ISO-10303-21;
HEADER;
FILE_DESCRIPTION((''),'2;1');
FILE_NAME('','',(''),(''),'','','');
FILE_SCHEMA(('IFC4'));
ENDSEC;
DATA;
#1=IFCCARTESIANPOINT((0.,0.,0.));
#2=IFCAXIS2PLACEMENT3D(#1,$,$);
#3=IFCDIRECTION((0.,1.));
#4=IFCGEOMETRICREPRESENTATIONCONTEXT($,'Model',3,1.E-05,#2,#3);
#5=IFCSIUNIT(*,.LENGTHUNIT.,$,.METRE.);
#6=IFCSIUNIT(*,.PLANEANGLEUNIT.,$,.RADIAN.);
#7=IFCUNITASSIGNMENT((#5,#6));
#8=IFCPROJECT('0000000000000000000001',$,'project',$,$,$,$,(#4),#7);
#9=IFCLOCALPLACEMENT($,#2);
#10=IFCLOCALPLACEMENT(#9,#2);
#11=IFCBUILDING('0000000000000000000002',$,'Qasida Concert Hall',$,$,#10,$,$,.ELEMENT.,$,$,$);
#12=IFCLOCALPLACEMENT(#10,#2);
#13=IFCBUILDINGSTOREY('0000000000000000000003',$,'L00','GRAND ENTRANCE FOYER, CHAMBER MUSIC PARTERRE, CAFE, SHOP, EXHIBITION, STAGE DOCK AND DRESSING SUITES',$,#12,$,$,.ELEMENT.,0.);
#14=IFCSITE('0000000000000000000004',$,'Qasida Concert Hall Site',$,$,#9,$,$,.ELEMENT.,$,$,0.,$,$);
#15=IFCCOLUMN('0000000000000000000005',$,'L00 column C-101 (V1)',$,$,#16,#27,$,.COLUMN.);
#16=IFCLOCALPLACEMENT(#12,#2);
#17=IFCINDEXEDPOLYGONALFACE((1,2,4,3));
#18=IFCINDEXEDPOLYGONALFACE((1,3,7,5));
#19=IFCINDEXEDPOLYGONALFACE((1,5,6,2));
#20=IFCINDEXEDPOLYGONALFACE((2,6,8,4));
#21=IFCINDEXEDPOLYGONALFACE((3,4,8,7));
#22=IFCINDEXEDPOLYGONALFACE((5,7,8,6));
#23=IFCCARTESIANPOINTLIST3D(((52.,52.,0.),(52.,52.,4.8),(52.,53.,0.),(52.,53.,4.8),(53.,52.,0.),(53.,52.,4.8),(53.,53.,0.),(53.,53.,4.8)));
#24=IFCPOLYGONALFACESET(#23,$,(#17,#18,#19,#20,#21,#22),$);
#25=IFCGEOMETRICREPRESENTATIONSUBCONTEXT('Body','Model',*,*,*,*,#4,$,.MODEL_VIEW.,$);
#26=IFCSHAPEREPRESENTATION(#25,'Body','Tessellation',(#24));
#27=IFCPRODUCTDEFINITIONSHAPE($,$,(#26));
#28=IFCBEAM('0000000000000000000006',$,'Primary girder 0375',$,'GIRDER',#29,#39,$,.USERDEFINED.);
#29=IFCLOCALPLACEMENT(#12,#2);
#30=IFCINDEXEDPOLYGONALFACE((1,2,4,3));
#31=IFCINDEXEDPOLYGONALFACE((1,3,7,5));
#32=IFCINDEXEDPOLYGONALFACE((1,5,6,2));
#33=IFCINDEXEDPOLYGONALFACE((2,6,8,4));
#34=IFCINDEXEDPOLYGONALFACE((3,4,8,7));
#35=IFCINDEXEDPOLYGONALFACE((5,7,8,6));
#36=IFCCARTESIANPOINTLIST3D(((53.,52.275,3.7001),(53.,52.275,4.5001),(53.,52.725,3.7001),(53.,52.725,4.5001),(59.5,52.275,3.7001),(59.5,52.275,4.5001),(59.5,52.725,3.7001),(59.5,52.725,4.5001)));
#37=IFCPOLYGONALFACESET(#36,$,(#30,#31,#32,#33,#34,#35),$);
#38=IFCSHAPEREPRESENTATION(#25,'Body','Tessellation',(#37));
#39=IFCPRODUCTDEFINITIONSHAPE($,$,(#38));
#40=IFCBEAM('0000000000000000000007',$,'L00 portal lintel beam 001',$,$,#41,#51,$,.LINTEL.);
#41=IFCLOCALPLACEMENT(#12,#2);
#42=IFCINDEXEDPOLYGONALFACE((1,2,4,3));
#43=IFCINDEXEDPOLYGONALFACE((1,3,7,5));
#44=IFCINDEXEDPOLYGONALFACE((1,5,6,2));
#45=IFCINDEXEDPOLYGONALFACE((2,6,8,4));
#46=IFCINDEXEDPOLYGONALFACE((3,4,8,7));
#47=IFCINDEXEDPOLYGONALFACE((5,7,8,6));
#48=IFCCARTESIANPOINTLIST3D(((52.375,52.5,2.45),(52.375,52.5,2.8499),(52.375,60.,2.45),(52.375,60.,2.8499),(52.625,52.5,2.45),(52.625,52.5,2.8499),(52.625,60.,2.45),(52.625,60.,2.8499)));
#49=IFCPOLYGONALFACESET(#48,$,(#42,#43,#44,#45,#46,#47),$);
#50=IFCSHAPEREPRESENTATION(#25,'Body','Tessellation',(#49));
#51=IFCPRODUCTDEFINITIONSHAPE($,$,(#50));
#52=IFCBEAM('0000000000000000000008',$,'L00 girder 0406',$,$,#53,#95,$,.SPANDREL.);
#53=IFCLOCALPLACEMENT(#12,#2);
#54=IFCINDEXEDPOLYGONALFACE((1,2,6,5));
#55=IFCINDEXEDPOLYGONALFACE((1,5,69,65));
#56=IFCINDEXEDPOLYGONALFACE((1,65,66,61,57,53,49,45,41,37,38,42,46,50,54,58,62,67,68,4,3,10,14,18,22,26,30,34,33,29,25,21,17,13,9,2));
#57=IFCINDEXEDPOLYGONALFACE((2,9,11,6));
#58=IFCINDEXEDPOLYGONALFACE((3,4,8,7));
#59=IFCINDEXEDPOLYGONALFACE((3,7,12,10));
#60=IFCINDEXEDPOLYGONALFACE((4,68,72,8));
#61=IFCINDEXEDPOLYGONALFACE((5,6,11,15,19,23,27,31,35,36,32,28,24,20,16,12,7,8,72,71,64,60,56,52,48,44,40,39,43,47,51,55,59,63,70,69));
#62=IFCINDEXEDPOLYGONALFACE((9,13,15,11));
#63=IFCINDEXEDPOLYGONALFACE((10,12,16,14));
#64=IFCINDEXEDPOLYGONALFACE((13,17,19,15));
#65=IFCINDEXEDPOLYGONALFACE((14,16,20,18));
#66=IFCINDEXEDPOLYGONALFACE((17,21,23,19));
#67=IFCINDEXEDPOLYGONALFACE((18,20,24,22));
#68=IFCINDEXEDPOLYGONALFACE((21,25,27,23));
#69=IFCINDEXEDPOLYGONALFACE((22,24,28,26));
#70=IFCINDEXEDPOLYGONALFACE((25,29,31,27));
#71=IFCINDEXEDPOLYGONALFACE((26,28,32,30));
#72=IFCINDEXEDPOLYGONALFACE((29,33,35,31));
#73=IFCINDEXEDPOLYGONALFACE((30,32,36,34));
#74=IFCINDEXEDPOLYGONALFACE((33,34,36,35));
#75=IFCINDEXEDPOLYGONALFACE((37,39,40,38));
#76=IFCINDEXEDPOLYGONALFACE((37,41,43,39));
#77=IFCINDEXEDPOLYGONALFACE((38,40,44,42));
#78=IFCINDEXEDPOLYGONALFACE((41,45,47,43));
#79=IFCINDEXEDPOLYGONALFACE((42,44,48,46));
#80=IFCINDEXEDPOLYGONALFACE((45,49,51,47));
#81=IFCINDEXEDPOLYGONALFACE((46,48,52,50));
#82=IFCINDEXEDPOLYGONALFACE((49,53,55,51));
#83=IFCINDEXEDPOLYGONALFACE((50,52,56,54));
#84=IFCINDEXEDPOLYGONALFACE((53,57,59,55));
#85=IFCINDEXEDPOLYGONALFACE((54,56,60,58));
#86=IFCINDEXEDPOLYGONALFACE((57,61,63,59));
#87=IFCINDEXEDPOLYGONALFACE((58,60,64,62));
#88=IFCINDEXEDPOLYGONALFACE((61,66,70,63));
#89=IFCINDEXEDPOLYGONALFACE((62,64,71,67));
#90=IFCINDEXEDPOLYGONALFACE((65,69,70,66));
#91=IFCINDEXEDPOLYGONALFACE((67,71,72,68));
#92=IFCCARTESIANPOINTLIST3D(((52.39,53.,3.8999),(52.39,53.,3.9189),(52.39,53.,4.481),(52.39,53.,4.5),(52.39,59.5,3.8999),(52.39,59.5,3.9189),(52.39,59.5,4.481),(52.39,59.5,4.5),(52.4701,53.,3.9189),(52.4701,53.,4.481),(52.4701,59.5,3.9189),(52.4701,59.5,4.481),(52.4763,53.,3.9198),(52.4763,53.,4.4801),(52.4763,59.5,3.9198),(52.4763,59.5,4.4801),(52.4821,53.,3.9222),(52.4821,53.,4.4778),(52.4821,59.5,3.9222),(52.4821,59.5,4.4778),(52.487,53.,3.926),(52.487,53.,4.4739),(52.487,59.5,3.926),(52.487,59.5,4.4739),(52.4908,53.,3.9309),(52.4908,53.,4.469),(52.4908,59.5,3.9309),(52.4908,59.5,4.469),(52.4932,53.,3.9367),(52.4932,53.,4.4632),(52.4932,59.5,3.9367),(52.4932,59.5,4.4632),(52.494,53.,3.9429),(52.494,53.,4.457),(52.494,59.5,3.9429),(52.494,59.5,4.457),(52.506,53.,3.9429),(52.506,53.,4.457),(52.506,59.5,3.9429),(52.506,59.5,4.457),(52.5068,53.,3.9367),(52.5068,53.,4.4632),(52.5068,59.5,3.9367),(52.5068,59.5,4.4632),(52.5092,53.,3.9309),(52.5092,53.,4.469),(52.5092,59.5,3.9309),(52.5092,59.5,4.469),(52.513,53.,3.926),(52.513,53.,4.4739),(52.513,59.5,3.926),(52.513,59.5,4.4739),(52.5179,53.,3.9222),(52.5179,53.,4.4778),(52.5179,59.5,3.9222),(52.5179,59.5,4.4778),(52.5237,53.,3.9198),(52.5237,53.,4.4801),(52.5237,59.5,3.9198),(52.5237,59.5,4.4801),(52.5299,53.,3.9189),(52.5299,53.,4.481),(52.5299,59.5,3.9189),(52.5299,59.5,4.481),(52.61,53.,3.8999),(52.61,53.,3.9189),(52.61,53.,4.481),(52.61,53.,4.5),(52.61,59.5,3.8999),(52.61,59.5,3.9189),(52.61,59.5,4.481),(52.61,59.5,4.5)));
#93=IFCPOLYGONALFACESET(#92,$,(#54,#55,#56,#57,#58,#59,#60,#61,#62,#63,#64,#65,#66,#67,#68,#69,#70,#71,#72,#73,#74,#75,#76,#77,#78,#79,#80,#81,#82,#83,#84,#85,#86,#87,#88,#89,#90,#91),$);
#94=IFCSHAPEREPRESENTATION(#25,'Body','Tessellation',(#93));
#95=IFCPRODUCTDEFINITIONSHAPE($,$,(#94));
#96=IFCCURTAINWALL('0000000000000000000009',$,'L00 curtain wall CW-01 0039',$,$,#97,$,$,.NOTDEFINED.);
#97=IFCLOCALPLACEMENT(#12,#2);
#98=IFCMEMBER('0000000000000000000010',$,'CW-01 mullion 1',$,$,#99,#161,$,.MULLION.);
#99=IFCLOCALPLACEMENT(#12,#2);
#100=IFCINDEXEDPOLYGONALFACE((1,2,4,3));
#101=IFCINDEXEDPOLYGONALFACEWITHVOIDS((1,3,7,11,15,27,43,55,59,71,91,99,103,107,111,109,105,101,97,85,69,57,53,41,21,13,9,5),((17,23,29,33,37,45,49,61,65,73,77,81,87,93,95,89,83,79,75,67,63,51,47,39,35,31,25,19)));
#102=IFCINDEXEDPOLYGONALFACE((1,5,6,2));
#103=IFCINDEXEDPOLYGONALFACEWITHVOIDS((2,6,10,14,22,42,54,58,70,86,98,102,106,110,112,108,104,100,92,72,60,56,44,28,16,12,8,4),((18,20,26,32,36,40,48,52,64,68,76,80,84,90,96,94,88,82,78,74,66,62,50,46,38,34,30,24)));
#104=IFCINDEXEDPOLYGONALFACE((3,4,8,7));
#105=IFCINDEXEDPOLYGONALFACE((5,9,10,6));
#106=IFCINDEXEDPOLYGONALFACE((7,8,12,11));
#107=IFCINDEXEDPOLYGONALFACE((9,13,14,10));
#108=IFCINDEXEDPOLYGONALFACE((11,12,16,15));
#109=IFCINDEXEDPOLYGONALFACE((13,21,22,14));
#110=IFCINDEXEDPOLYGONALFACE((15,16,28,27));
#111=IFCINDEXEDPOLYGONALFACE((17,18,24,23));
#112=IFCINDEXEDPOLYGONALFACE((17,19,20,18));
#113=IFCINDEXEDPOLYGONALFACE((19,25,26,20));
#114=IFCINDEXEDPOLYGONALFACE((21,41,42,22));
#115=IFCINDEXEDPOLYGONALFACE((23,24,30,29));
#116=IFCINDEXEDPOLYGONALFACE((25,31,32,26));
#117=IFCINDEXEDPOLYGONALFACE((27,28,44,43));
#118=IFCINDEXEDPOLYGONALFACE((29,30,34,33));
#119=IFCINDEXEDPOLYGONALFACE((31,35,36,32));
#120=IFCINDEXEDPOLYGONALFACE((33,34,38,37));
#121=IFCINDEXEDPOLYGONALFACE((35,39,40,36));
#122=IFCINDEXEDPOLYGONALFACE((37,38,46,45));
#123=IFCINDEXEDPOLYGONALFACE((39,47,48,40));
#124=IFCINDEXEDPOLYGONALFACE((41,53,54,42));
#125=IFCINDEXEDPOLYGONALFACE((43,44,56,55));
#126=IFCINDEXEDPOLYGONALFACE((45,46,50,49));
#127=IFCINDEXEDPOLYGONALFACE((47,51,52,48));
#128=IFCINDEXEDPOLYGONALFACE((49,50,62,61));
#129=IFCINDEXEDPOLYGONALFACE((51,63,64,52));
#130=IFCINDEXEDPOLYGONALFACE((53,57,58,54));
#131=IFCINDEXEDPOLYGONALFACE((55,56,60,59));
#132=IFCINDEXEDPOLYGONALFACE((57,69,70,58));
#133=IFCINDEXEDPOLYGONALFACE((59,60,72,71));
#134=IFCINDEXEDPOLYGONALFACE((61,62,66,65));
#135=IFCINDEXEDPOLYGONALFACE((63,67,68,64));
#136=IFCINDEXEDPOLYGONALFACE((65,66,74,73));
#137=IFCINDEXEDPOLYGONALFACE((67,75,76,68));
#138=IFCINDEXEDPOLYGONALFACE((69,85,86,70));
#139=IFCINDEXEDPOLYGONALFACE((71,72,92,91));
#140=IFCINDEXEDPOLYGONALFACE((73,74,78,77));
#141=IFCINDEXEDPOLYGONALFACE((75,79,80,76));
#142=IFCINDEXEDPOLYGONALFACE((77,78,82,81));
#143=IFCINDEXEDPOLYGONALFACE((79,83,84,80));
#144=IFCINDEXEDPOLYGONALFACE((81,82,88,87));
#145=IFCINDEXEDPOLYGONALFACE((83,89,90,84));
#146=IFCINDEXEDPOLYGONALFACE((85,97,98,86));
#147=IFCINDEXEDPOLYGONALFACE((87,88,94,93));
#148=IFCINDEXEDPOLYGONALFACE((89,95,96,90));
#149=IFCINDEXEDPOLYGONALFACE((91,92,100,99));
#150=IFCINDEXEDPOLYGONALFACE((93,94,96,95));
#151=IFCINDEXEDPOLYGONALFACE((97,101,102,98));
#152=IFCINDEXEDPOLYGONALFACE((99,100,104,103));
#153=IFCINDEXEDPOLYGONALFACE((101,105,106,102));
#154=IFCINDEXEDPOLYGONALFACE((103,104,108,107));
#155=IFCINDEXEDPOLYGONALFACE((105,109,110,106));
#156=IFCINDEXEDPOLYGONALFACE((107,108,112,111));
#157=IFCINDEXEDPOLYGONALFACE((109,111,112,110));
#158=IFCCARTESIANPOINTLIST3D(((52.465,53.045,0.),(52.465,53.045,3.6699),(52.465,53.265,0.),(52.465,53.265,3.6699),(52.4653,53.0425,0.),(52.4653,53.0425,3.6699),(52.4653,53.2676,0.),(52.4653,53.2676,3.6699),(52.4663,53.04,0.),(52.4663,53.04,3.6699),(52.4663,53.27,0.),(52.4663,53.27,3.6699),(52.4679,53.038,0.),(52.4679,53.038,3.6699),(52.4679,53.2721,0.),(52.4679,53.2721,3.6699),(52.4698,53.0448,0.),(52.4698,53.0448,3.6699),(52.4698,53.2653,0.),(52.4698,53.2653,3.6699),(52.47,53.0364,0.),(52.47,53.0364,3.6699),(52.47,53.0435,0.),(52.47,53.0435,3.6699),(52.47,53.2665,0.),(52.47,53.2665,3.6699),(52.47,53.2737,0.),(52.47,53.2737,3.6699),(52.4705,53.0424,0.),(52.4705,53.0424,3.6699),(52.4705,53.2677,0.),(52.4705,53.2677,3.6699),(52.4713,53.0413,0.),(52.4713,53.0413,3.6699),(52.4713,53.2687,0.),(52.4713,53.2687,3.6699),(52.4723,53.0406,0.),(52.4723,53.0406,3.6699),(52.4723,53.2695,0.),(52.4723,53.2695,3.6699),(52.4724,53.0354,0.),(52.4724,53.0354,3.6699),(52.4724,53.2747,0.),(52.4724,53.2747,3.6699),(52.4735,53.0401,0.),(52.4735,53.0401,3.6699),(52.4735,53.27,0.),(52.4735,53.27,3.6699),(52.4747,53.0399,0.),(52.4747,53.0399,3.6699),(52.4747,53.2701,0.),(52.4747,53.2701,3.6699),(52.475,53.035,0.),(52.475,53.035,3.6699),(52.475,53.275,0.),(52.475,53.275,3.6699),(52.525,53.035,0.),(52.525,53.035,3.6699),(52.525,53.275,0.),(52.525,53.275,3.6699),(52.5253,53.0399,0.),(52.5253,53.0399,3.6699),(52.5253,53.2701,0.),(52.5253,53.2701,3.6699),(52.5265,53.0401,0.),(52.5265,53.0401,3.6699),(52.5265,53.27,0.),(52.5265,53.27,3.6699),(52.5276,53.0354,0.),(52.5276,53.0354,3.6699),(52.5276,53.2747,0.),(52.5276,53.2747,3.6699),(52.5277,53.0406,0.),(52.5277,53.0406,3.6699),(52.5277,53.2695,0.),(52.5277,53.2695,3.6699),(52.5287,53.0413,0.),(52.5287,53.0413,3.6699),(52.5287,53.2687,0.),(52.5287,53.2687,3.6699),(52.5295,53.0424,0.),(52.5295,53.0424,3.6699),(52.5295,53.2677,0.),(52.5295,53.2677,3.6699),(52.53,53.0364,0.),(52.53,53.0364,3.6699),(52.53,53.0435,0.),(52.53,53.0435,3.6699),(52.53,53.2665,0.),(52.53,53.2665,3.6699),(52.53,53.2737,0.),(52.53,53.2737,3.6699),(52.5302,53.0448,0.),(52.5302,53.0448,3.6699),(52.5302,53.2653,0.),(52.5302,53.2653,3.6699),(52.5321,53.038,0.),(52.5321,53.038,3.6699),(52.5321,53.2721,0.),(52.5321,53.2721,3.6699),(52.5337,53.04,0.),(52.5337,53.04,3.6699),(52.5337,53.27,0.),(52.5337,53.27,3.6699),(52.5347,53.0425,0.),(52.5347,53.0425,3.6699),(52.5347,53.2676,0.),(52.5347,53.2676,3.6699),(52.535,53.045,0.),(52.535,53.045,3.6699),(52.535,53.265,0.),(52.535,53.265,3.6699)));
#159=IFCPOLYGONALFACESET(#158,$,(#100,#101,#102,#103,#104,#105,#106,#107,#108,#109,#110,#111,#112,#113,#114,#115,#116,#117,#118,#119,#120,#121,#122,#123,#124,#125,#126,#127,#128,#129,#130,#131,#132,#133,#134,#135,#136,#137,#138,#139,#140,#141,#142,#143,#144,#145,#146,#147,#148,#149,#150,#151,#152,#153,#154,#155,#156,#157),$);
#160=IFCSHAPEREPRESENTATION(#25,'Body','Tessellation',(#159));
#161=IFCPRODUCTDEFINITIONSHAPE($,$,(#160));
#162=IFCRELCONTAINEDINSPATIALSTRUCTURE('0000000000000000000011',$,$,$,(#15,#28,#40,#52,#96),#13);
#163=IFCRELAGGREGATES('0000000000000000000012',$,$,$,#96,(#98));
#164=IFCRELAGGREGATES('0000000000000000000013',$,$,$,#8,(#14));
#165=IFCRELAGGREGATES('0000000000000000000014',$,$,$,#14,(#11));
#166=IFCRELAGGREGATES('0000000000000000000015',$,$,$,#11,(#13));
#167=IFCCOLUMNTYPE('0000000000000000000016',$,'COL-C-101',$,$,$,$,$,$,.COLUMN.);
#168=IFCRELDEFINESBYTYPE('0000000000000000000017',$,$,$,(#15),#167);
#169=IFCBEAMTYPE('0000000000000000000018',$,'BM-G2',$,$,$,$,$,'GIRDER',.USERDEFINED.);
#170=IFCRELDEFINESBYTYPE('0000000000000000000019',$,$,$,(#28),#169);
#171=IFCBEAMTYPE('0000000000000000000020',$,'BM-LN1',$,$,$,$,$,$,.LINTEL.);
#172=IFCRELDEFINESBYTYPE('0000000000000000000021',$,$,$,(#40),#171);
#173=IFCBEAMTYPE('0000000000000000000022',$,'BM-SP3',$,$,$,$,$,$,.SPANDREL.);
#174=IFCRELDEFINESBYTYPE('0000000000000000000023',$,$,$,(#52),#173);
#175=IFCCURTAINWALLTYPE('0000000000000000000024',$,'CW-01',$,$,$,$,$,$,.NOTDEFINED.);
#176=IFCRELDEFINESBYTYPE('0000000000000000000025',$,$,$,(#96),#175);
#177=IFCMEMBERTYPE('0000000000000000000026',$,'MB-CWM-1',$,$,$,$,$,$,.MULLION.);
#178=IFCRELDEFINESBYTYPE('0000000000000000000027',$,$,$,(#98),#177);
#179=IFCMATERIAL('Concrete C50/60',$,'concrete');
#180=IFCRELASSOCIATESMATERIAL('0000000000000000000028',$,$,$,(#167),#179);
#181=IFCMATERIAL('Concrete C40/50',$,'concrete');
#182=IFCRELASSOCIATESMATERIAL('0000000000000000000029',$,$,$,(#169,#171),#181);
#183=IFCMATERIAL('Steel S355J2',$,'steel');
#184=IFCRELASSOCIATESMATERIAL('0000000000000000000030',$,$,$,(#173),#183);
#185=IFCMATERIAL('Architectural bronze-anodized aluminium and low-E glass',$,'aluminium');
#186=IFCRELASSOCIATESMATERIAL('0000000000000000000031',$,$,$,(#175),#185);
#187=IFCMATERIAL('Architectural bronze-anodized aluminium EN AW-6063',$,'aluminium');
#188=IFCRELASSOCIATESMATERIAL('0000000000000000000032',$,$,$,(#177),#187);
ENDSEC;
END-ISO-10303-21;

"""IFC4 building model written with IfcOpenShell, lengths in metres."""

from ifc_helpers import new_model, si_unit, direction, frame, origin, origin_2d, place, context, subcontext, project, spatial, rectangle, hollow_rectangle, i_section, extrude, material, material_profile, profile_set, type_object, element, aggregate, save


model = new_model("IFC4")

# Units and contexts
model_context = context("Model", 3, precision=1e-05, world=origin(), true_north=direction((0.0, 1.0)))
body_context = subcontext(model_context, "Body", "Model", "MODEL_VIEW")
ifc_project = project(units=[si_unit("LENGTHUNIT", "METRE"), si_unit("PLANEANGLEUNIT", "RADIAN")], contexts=[model_context])

# Site, building, storey
site_placement = place(None, origin())
site = spatial("IfcSite", under=ifc_project, at=site_placement, Name="Qasida Concert Hall Site", CompositionType="ELEMENT", RefElevation=0.0)
building_placement = place(site_placement, origin())
building = spatial("IfcBuilding", under=site, at=building_placement, Name="Qasida Concert Hall", CompositionType="ELEMENT")
storey_placement = place(building_placement, origin())
storey = spatial("IfcBuildingStorey", under=building, at=storey_placement, Name="L00", Description="GRAND ENTRANCE FOYER, CHAMBER MUSIC PARTERRE, CAFE, SHOP, EXHIBITION, STAGE DOCK AND DRESSING SUITES", CompositionType="ELEMENT", Elevation=0.0)

# Column
ifc_material_1 = material(Name="Concrete C50/60", Category="concrete")
ifc_material_profile_1 = material_profile(ifc_material_1, rectangle(XDim=1.0, YDim=1.0, at=origin_2d()), Name="RC 1000x1000")
ifc_profile_set_1 = profile_set([ifc_material_profile_1], Name="Concrete C50/60")
column_type = type_object("IfcColumnType", Name="COL-C-101", PredefinedType="COLUMN", material=ifc_profile_set_1)
column_placement = place(storey_placement, frame((52.5, 52.5, 0.0), z_axis=(0.0, 0.0, 1.0), x_axis=(1.0, 0.0, 0.0)))
element("IfcColumn", 1, at=column_placement, inside=storey, type_object=column_type, Name="L00 column C-101 (V1)", PredefinedType="COLUMN", context=body_context, shape_type="SweptSolid", body=[
    extrude(rectangle(XDim=1.0, YDim=1.0, at=origin_2d()), origin(), (0.0, 0.0, 1.0), 4.8),
])

# Beams
ifc_material_2 = material(Name="Concrete C40/50", Category="concrete")
ifc_material_profile_2 = material_profile(ifc_material_2, rectangle(XDim=0.45, YDim=0.8, at=origin_2d()), Name="RC 450x800")
ifc_profile_set_2 = profile_set([ifc_material_profile_2], Name="Concrete C40/50")
beam_type_1 = type_object("IfcBeamType", Name="BM-G2", ElementType="GIRDER", PredefinedType="USERDEFINED", material=ifc_profile_set_2)
beam_1_placement = place(storey_placement, frame((53.0, 52.5, 4.1001), z_axis=(1.0, 0.0, 0.0), x_axis=(0.0, 1.0, 0.0)))
element("IfcBeam", 2, at=beam_1_placement, inside=storey, type_object=beam_type_1, Name="Primary girder 0375", ObjectType="GIRDER", PredefinedType="USERDEFINED", context=body_context, shape_type="SweptSolid", body=[
    extrude(rectangle(XDim=0.45, YDim=0.8, at=origin_2d()), origin(), (0.0, 0.0, 1.0), 6.5),
])
ifc_material_profile_3 = material_profile(ifc_material_2, rectangle(XDim=0.25, YDim=0.3999, at=origin_2d()), Name="RC 250x400")
ifc_profile_set_3 = profile_set([ifc_material_profile_3], Name="Concrete C40/50")
beam_type_2 = type_object("IfcBeamType", Name="BM-LN1", PredefinedType="LINTEL", material=ifc_profile_set_3)
beam_2_placement = place(storey_placement, frame((52.5, 52.5, 2.6499), z_axis=(0.0, 1.0, 0.0), x_axis=(-1.0, 0.0, 0.0)))
element("IfcBeam", 3, at=beam_2_placement, inside=storey, type_object=beam_type_2, Name="L00 portal lintel beam 001", PredefinedType="LINTEL", context=body_context, shape_type="SweptSolid", body=[
    extrude(rectangle(XDim=0.25, YDim=0.3999, at=origin_2d()), origin(), (0.0, 0.0, 1.0), 7.5),
])
ifc_material_3 = material(Name="Steel S355J2", Category="steel")
ifc_material_profile_4 = material_profile(ifc_material_3, i_section(OverallWidth=0.22, OverallDepth=0.6001, WebThickness=0.012, FlangeThickness=0.019, FilletRadius=0.0239, at=origin_2d()), Name="IPE 600")
ifc_profile_set_4 = profile_set([ifc_material_profile_4], Name="Steel S355J2")
beam_type_3 = type_object("IfcBeamType", Name="BM-SP3", PredefinedType="SPANDREL", material=ifc_profile_set_4)
beam_3_placement = place(storey_placement, frame((52.5, 53.0, 4.2), z_axis=(0.0, 1.0, 0.0), x_axis=(-1.0, 0.0, 0.0)))
element("IfcBeam", 4, at=beam_3_placement, inside=storey, type_object=beam_type_3, Name="L00 girder 0406", PredefinedType="SPANDREL", context=body_context, shape_type="SweptSolid", body=[
    extrude(i_section(OverallWidth=0.22, OverallDepth=0.6001, WebThickness=0.012, FlangeThickness=0.019, FilletRadius=0.0239, at=origin_2d()), origin(), (0.0, 0.0, 1.0), 6.5),
])

# Curtain wall, member
ifc_material_4 = material(Name="Architectural bronze-anodized aluminium and low-E glass", Category="aluminium")
curtain_wall_type = type_object("IfcCurtainWallType", Name="CW-01", PredefinedType="NOTDEFINED", material=ifc_material_4)
curtain_wall_placement = place(storey_placement, origin())
curtain_wall = element("IfcCurtainWall", 5, at=curtain_wall_placement, inside=storey, type_object=curtain_wall_type, Name="L00 curtain wall CW-01 0039", PredefinedType="NOTDEFINED")
ifc_material_5 = material(Name="Architectural bronze-anodized aluminium EN AW-6063", Category="aluminium")
ifc_material_profile_5 = material_profile(ifc_material_5, hollow_rectangle(XDim=0.0701, YDim=0.24, WallThickness=0.0049, InnerFilletRadius=0.0049, OuterFilletRadius=0.01, at=origin_2d()), Name="CWM 240x70x5")
ifc_profile_set_5 = profile_set([ifc_material_profile_5], Name="Architectural bronze-anodized aluminium EN AW-6063")
member_type_1 = type_object("IfcMemberType", Name="MB-CWM-1", PredefinedType="MULLION", material=ifc_profile_set_5)
member_1_placement = place(storey_placement, frame((52.5, 53.155, 0.0), z_axis=(0.0, 0.0, 1.0), x_axis=(-1.0, 0.0, 0.0)))
member_1 = element("IfcMember", 6, at=member_1_placement, type_object=member_type_1, Name="CW-01 mullion 1", PredefinedType="MULLION", context=body_context, shape_type="SweptSolid", body=[
    extrude(hollow_rectangle(XDim=0.0701, YDim=0.24, WallThickness=0.0049, InnerFilletRadius=0.0049, OuterFilletRadius=0.01, at=origin_2d()), origin(), (0.0, 0.0, 1.0), 3.6699),
])
aggregate(curtain_wall, [member_1])

save(model, "model.ifc")
